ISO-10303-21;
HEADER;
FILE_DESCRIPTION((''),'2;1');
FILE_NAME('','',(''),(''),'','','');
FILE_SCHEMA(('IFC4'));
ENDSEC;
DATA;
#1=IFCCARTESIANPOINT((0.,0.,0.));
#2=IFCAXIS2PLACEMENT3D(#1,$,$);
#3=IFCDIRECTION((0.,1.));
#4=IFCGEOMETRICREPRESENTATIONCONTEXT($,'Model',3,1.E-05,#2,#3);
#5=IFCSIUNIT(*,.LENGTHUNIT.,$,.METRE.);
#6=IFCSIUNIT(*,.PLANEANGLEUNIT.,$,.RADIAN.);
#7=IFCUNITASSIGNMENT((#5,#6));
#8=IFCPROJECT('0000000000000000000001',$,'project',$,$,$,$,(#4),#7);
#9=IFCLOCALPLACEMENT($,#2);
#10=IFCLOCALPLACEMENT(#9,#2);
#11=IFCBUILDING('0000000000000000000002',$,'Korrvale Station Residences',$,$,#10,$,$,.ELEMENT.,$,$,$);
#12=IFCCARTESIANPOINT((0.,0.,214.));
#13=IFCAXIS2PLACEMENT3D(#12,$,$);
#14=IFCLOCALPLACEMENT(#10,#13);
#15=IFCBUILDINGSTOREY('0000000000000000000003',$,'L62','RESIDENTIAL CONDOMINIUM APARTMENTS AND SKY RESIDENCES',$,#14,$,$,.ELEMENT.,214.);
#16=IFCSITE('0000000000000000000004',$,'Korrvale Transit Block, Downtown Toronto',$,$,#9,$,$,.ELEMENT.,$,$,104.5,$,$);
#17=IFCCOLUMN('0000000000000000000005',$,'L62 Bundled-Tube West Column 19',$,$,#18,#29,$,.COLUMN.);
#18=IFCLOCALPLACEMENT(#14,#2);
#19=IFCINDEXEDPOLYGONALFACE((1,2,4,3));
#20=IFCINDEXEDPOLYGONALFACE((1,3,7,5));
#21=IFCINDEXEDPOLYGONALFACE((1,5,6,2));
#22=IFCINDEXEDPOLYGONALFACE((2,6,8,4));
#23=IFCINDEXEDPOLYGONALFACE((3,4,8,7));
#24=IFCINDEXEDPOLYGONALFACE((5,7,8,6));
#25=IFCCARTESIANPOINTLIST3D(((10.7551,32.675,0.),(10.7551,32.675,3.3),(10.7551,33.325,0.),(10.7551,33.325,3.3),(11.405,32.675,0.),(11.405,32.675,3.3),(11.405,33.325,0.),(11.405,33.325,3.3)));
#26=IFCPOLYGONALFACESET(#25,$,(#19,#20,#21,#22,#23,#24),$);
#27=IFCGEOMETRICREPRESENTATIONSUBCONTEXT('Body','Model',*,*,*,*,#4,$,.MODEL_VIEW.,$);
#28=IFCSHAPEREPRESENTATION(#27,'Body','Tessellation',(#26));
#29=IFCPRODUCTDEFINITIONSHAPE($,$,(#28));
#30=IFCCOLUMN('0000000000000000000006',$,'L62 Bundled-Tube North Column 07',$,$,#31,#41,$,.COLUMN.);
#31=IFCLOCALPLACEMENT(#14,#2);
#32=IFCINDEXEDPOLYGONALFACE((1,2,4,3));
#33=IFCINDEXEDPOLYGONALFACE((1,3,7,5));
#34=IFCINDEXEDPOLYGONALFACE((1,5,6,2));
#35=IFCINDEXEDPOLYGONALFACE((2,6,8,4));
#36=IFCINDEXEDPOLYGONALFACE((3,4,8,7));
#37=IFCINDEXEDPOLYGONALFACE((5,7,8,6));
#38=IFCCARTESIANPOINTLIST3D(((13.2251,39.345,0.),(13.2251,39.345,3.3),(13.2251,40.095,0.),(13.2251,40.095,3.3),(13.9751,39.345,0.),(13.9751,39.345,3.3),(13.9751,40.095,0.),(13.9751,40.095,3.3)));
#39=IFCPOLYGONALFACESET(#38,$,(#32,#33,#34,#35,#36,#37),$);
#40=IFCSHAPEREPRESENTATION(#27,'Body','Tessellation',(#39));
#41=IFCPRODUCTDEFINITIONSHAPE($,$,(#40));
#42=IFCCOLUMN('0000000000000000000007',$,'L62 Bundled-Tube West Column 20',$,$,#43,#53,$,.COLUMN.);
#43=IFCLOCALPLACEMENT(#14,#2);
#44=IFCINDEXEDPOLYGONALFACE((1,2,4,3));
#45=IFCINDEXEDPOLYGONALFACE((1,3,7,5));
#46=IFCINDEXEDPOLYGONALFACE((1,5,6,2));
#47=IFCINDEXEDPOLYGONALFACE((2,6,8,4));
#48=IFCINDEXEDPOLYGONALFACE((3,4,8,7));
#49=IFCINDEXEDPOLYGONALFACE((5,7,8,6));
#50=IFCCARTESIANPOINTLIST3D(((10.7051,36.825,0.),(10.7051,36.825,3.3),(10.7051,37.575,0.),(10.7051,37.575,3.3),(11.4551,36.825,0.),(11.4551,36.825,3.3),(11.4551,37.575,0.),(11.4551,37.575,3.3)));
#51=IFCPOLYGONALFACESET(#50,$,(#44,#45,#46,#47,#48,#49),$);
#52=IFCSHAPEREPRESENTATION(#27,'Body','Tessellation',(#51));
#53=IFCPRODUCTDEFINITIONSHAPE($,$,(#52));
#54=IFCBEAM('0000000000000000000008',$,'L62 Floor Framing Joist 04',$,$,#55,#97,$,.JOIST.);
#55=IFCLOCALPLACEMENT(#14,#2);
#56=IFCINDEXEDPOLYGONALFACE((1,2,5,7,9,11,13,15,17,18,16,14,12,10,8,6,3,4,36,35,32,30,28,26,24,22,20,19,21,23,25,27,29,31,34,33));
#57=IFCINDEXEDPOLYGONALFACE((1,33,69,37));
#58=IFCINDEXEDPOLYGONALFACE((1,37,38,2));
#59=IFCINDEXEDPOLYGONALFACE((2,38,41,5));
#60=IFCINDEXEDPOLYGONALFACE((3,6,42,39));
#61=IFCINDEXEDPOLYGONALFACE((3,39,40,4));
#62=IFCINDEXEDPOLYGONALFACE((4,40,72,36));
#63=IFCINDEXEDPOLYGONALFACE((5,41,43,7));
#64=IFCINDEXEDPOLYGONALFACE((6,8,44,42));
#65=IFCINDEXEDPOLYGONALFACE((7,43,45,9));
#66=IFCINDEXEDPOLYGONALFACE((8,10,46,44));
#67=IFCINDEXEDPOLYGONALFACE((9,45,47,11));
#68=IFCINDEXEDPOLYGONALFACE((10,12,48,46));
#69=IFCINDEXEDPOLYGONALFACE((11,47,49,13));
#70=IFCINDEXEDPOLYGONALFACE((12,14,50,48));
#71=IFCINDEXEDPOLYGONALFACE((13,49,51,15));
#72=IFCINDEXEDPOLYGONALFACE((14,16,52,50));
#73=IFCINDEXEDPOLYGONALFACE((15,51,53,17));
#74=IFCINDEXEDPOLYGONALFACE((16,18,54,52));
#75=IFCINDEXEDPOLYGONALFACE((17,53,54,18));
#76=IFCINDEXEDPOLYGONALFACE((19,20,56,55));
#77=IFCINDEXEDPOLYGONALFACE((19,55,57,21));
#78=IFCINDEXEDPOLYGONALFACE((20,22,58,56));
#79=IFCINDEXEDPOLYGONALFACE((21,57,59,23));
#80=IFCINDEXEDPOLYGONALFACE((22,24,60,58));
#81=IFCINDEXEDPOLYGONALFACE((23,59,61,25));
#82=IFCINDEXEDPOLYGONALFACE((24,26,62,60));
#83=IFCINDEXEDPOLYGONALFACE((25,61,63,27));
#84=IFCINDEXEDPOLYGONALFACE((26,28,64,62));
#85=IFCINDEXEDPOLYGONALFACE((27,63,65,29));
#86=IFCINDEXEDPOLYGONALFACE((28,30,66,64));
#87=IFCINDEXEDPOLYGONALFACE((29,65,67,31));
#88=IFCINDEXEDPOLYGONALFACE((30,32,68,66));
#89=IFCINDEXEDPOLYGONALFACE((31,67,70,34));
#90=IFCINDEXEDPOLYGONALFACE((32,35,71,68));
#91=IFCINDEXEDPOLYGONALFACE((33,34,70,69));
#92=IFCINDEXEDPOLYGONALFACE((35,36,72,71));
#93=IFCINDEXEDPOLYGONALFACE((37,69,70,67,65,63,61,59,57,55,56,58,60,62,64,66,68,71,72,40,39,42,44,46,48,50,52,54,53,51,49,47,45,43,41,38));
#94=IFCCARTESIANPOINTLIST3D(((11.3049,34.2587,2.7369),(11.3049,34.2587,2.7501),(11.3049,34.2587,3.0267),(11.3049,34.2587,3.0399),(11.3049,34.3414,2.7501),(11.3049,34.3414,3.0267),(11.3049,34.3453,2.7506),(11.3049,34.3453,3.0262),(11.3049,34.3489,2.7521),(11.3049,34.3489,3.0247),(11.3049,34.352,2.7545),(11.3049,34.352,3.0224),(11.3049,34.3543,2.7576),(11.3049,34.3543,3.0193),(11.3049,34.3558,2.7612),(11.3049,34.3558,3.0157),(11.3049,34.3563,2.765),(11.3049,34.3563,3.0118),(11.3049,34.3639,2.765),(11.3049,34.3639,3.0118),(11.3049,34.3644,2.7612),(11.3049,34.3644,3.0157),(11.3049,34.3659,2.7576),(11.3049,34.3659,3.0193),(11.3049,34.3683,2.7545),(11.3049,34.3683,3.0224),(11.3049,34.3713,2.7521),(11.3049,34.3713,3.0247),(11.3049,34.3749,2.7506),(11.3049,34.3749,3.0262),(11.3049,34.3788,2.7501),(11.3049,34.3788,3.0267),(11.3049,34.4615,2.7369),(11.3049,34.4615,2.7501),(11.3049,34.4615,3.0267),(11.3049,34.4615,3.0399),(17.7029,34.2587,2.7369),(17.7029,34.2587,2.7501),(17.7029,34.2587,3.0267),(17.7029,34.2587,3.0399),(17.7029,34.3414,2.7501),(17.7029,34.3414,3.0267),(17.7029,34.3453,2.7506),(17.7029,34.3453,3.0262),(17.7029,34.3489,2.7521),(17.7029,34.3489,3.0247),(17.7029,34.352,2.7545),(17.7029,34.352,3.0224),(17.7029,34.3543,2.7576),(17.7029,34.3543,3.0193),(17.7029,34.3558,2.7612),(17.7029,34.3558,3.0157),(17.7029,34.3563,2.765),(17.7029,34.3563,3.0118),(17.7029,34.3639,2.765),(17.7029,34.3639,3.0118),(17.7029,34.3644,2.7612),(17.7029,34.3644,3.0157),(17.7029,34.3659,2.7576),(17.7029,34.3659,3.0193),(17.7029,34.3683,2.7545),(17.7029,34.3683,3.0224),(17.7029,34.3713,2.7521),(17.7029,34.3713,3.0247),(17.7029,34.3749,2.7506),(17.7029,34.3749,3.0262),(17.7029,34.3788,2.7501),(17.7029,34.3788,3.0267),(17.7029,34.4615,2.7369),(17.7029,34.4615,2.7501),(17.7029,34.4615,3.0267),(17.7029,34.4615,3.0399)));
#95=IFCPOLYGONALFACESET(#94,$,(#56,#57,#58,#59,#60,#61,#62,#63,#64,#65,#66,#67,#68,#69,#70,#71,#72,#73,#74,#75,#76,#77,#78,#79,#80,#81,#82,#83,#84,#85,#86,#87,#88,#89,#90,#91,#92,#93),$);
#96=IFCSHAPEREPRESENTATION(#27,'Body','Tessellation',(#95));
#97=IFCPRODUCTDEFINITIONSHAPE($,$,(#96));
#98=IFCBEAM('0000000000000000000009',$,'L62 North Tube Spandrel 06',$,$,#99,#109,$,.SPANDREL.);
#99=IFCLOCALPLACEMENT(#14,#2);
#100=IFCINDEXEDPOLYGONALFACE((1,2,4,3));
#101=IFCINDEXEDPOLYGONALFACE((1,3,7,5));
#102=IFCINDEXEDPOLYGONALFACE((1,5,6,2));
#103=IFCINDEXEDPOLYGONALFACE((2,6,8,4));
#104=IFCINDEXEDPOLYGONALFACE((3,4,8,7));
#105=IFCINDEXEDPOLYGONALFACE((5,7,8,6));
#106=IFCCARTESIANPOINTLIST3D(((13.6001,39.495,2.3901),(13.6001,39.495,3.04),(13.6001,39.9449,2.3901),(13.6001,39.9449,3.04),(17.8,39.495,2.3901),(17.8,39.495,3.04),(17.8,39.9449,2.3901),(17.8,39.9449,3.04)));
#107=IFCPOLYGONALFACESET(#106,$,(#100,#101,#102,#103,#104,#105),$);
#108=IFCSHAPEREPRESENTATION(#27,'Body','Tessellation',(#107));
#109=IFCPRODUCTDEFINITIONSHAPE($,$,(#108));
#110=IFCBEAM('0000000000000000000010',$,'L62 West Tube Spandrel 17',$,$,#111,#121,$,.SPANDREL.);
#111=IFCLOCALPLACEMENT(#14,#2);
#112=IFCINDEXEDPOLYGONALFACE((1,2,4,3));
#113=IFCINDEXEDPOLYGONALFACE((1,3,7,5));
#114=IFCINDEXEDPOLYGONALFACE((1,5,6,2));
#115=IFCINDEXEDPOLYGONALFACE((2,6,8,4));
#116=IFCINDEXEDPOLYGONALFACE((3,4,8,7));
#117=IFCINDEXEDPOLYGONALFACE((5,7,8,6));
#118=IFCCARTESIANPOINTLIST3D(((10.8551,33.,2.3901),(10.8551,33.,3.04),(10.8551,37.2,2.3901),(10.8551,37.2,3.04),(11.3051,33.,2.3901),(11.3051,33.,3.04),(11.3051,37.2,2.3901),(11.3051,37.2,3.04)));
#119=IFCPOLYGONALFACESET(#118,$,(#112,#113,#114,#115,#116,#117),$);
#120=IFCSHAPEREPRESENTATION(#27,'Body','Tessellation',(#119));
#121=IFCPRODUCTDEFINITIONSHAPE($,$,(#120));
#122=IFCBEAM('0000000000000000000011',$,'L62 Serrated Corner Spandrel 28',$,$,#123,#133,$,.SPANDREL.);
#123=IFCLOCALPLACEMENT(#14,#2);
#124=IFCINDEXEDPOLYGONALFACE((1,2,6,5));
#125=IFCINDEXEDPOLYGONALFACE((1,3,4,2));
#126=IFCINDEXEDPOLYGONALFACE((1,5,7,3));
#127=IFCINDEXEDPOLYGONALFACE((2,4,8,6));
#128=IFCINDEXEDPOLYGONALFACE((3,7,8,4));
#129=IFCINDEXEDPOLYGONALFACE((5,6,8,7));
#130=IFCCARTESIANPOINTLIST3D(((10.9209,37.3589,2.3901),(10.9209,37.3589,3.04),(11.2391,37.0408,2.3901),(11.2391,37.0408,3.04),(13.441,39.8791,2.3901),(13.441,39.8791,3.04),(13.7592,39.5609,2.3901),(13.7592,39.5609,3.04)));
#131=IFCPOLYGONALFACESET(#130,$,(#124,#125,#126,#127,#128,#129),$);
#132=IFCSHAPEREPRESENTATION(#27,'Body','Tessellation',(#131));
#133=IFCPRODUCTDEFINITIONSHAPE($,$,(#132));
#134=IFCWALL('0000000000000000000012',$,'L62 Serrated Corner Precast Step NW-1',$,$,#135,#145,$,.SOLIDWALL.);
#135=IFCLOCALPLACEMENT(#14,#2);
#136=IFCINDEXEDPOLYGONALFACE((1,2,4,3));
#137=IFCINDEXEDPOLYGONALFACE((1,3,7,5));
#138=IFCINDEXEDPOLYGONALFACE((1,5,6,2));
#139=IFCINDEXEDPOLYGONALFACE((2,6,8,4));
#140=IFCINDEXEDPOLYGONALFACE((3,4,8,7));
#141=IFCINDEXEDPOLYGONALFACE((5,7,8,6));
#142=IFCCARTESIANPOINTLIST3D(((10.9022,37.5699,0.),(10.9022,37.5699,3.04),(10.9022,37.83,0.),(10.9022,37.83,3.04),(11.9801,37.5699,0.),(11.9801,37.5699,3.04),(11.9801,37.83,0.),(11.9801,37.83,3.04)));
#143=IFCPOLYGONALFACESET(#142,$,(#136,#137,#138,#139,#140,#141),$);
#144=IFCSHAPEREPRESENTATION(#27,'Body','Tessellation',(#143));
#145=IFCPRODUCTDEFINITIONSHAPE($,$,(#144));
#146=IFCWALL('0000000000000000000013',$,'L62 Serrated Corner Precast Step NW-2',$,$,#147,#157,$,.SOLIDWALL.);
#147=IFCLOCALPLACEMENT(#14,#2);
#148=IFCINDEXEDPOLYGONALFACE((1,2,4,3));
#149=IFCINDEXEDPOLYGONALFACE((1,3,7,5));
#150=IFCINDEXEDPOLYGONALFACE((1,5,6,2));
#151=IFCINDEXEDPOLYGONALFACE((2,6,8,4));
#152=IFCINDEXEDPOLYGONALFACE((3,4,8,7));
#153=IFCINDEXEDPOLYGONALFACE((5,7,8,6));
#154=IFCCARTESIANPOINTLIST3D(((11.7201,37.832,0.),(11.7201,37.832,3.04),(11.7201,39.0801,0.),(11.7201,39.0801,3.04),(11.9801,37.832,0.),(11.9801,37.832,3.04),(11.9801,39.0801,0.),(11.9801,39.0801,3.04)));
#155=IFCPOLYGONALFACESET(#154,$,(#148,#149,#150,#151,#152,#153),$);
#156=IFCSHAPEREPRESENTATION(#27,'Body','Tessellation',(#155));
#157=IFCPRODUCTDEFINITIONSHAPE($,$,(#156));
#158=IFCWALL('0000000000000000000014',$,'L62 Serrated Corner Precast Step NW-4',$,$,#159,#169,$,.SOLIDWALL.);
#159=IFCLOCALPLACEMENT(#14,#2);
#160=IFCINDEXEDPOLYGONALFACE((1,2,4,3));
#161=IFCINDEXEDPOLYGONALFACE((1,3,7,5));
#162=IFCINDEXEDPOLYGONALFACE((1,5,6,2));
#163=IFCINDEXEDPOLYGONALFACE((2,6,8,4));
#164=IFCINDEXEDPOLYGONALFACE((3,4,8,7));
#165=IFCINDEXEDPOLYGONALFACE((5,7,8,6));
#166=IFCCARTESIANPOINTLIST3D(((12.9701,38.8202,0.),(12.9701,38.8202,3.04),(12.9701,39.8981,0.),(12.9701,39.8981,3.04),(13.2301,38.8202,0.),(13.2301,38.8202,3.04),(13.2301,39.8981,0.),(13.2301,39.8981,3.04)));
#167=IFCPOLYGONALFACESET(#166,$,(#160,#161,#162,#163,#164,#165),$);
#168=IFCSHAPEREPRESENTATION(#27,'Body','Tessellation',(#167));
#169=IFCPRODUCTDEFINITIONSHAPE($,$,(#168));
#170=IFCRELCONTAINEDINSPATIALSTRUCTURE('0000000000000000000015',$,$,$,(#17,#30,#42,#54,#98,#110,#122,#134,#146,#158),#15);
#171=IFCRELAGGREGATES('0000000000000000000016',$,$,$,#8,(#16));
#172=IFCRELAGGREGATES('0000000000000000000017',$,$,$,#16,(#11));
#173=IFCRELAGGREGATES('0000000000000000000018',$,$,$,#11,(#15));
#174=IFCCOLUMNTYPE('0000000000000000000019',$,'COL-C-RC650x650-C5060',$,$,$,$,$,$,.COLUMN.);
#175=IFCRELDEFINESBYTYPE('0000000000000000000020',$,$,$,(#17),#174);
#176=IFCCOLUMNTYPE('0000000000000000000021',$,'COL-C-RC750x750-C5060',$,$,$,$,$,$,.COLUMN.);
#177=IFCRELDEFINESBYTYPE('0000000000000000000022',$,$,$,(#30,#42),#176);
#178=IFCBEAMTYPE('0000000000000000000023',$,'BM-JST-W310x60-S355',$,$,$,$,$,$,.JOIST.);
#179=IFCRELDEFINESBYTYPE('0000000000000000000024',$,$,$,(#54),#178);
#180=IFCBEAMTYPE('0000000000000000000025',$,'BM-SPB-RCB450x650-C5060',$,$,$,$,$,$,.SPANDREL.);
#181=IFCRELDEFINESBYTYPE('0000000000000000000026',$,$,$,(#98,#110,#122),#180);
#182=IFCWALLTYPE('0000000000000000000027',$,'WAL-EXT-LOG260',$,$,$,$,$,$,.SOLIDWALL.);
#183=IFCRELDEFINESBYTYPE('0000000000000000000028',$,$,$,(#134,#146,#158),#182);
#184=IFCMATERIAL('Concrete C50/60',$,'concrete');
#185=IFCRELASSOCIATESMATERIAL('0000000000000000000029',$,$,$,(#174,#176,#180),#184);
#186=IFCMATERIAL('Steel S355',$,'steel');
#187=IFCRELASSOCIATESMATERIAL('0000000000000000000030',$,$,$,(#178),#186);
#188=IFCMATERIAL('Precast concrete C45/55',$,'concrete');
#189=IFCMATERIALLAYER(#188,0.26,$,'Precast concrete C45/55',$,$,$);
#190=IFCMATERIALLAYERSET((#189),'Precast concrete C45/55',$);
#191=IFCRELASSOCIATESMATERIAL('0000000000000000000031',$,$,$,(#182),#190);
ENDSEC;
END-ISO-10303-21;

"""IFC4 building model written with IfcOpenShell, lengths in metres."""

from ifc_helpers import new_model, si_unit, direction, frame, frame_2d, origin, origin_2d, place, context, subcontext, project, spatial, rectangle, i_section, extrude, material, layer, layer_set, material_profile, profile_set, type_object, element, save


model = new_model("IFC4")

# Units and contexts
model_context = context("Model", 3, precision=1e-05, world=origin(), true_north=direction((0.0, 1.0)))
body_context = subcontext(model_context, "Body", "Model", "MODEL_VIEW")
ifc_project = project(units=[si_unit("LENGTHUNIT", "METRE"), si_unit("PLANEANGLEUNIT", "RADIAN")], contexts=[model_context])

# Site, building, storey
site_placement = place(None, origin())
site = spatial("IfcSite", under=ifc_project, at=site_placement, Name="Korrvale Transit Block, Downtown Toronto", CompositionType="ELEMENT", RefElevation=104.5)
building_placement = place(site_placement, origin())
building = spatial("IfcBuilding", under=site, at=building_placement, Name="Korrvale Station Residences", CompositionType="ELEMENT")
storey_placement = place(building_placement, frame((0.0, 0.0, 214.0)))
storey = spatial("IfcBuildingStorey", under=building, at=storey_placement, Name="L62", Description="RESIDENTIAL CONDOMINIUM APARTMENTS AND SKY RESIDENCES", CompositionType="ELEMENT", Elevation=214.0)

# Columns
ifc_material_1 = material(Name="Concrete C50/60", Category="concrete")
ifc_material_profile_1 = material_profile(ifc_material_1, rectangle(XDim=0.6499, YDim=0.6499, at=origin_2d()), Name="RC650x650")
ifc_profile_set_1 = profile_set([ifc_material_profile_1], Name="Concrete C50/60")
column_type_1 = type_object("IfcColumnType", Name="COL-C-RC650x650-C5060", PredefinedType="COLUMN", material=ifc_profile_set_1)
column_placement = place(storey_placement, frame((11.0801, 33.0, 0.0), z_axis=(0.0, 0.0, 1.0), x_axis=(1.0, 0.0, 0.0)))
element("IfcColumn", 1, at=column_placement, inside=storey, type_object=column_type_1, Name="L62 Bundled-Tube West Column 19", PredefinedType="COLUMN", context=body_context, shape_type="SweptSolid", body=[
    extrude(rectangle(XDim=0.6499, YDim=0.6499, at=origin_2d()), origin(), (0.0, 0.0, 1.0), 3.3),
])
ifc_material_profile_2 = material_profile(ifc_material_1, rectangle(XDim=0.75, YDim=0.75, at=origin_2d()), Name="RC750x750")
ifc_profile_set_2 = profile_set([ifc_material_profile_2], Name="Concrete C50/60")
column_type_2 = type_object("IfcColumnType", Name="COL-C-RC750x750-C5060", PredefinedType="COLUMN", material=ifc_profile_set_2)
for number, where, z_axis, x_axis, name in (
    (2, (13.6001, 39.72, 0.0), (0.0, 0.0, 1.0), (1.0, 0.0, 0.0), "L62 Bundled-Tube North Column 07"),
    (3, (11.0801, 37.2, 0.0), (0.0, 0.0, 1.0), (1.0, 0.0, 0.0), "L62 Bundled-Tube West Column 20"),
):
    element("IfcColumn", number, at=place(storey_placement, frame(where, z_axis=z_axis, x_axis=x_axis)), inside=storey, type_object=column_type_2, Name=name, PredefinedType="COLUMN", context=body_context, shape_type="SweptSolid", body=[
        extrude(rectangle(XDim=0.75, YDim=0.75, at=origin_2d()), origin(), (0.0, 0.0, 1.0), 3.3),
    ])

# Beams
ifc_material_2 = material(Name="Steel S355", Category="steel")
ifc_material_profile_3 = material_profile(ifc_material_2, i_section(OverallWidth=0.2029, OverallDepth=0.303, WebThickness=0.0076, FlangeThickness=0.0132, FilletRadius=0.0149, at=origin_2d()), Name="W310x60")
ifc_profile_set_3 = profile_set([ifc_material_profile_3], Name="Steel S355")
beam_type_1 = type_object("IfcBeamType", Name="BM-JST-W310x60-S355", PredefinedType="JOIST", material=ifc_profile_set_3)
beam_1_placement = place(storey_placement, frame((11.3049, 34.3601, 2.8884), z_axis=(1.0, 0.0, 0.0), x_axis=(0.0, 1.0, 0.0)))
element("IfcBeam", 4, at=beam_1_placement, inside=storey, type_object=beam_type_1, Name="L62 Floor Framing Joist 04", PredefinedType="JOIST", context=body_context, shape_type="SweptSolid", body=[
    extrude(i_section(OverallWidth=0.2029, OverallDepth=0.303, WebThickness=0.0076, FlangeThickness=0.0132, FilletRadius=0.0149, at=origin_2d()), origin(), (0.0, 0.0, 1.0), 6.3979),
])
ifc_material_profile_4 = material_profile(ifc_material_1, rectangle(XDim=0.45, YDim=0.6499, at=origin_2d()), Name="RCB450x650")
ifc_profile_set_4 = profile_set([ifc_material_profile_4], Name="Concrete C50/60")
beam_type_2 = type_object("IfcBeamType", Name="BM-SPB-RCB450x650-C5060", PredefinedType="SPANDREL", material=ifc_profile_set_4)
for number, where, z_axis, x_axis, name in (
    (5, (13.6001, 39.72, 2.7151), (1.0, 0.0, 0.0), (0.0, 1.0, 0.0), "L62 North Tube Spandrel 06"),
    (6, (11.0801, 33.0, 2.7151), (0.0, 1.0, 0.0), (-1.0, 0.0, 0.0), "L62 West Tube Spandrel 17"),
):
    element("IfcBeam", number, at=place(storey_placement, frame(where, z_axis=z_axis, x_axis=x_axis)), inside=storey, type_object=beam_type_2, Name=name, PredefinedType="SPANDREL", context=body_context, shape_type="SweptSolid", body=[
        extrude(rectangle(XDim=0.45, YDim=0.6499, at=origin_2d()), origin(), (0.0, 0.0, 1.0), 4.2),
    ])
beam_2_placement = place(storey_placement, frame((13.6001, 39.72, 2.7151), z_axis=(-0.707107, -0.707107, 0.0), x_axis=(0.707107, -0.707107, 0.0)))
element("IfcBeam", 7, at=beam_2_placement, inside=storey, type_object=beam_type_2, Name="L62 Serrated Corner Spandrel 28", PredefinedType="SPANDREL", context=body_context, shape_type="SweptSolid", body=[
    extrude(rectangle(XDim=0.45, YDim=0.6499, at=origin_2d()), origin(), (0.0, 0.0, 1.0), 3.564),
])

# Walls
ifc_material_3 = material(Name="Precast concrete C45/55", Category="concrete")
ifc_layer_1 = layer(ifc_material_3, 0.26, Name="Precast concrete C45/55")
ifc_layer_set_1 = layer_set([ifc_layer_1], Name="Precast concrete C45/55")
wall_type_1 = type_object("IfcWallType", Name="WAL-EXT-LOG260", PredefinedType="SOLIDWALL", material=ifc_layer_set_1)
wall_1_placement = place(storey_placement, frame((10.9021, 37.7, 0.0), z_axis=(0.0, 0.0, 1.0), x_axis=(1.0, 0.0, 0.0)))
element("IfcWall", 8, at=wall_1_placement, inside=storey, type_object=wall_type_1, Name="L62 Serrated Corner Precast Step NW-1", PredefinedType="SOLIDWALL", context=body_context, shape_type="SweptSolid", body=[
    extrude(rectangle(XDim=1.0779, YDim=0.26, at=frame_2d((0.5391, 0.0))), origin(), (0.0, 0.0, 1.0), 3.04),
])
wall_2_placement = place(storey_placement, frame((11.8501, 37.832, 0.0), z_axis=(0.0, 0.0, 1.0), x_axis=(0.0, 1.0, 0.0)))
element("IfcWall", 9, at=wall_2_placement, inside=storey, type_object=wall_type_1, Name="L62 Serrated Corner Precast Step NW-2", PredefinedType="SOLIDWALL", context=body_context, shape_type="SweptSolid", body=[
    extrude(rectangle(XDim=1.248, YDim=0.26, at=frame_2d((0.624, 0.0))), origin(), (0.0, 0.0, 1.0), 3.04),
])
wall_3_placement = place(storey_placement, frame((13.1001, 38.8201, 0.0), z_axis=(0.0, 0.0, 1.0), x_axis=(0.0, 1.0, 0.0)))
element("IfcWall", 10, at=wall_3_placement, inside=storey, type_object=wall_type_1, Name="L62 Serrated Corner Precast Step NW-4", PredefinedType="SOLIDWALL", context=body_context, shape_type="SweptSolid", body=[
    extrude(rectangle(XDim=1.0779, YDim=0.26, at=frame_2d((0.5391, 0.0))), origin(), (0.0, 0.0, 1.0), 3.04),
])

save(model, "model.ifc")
